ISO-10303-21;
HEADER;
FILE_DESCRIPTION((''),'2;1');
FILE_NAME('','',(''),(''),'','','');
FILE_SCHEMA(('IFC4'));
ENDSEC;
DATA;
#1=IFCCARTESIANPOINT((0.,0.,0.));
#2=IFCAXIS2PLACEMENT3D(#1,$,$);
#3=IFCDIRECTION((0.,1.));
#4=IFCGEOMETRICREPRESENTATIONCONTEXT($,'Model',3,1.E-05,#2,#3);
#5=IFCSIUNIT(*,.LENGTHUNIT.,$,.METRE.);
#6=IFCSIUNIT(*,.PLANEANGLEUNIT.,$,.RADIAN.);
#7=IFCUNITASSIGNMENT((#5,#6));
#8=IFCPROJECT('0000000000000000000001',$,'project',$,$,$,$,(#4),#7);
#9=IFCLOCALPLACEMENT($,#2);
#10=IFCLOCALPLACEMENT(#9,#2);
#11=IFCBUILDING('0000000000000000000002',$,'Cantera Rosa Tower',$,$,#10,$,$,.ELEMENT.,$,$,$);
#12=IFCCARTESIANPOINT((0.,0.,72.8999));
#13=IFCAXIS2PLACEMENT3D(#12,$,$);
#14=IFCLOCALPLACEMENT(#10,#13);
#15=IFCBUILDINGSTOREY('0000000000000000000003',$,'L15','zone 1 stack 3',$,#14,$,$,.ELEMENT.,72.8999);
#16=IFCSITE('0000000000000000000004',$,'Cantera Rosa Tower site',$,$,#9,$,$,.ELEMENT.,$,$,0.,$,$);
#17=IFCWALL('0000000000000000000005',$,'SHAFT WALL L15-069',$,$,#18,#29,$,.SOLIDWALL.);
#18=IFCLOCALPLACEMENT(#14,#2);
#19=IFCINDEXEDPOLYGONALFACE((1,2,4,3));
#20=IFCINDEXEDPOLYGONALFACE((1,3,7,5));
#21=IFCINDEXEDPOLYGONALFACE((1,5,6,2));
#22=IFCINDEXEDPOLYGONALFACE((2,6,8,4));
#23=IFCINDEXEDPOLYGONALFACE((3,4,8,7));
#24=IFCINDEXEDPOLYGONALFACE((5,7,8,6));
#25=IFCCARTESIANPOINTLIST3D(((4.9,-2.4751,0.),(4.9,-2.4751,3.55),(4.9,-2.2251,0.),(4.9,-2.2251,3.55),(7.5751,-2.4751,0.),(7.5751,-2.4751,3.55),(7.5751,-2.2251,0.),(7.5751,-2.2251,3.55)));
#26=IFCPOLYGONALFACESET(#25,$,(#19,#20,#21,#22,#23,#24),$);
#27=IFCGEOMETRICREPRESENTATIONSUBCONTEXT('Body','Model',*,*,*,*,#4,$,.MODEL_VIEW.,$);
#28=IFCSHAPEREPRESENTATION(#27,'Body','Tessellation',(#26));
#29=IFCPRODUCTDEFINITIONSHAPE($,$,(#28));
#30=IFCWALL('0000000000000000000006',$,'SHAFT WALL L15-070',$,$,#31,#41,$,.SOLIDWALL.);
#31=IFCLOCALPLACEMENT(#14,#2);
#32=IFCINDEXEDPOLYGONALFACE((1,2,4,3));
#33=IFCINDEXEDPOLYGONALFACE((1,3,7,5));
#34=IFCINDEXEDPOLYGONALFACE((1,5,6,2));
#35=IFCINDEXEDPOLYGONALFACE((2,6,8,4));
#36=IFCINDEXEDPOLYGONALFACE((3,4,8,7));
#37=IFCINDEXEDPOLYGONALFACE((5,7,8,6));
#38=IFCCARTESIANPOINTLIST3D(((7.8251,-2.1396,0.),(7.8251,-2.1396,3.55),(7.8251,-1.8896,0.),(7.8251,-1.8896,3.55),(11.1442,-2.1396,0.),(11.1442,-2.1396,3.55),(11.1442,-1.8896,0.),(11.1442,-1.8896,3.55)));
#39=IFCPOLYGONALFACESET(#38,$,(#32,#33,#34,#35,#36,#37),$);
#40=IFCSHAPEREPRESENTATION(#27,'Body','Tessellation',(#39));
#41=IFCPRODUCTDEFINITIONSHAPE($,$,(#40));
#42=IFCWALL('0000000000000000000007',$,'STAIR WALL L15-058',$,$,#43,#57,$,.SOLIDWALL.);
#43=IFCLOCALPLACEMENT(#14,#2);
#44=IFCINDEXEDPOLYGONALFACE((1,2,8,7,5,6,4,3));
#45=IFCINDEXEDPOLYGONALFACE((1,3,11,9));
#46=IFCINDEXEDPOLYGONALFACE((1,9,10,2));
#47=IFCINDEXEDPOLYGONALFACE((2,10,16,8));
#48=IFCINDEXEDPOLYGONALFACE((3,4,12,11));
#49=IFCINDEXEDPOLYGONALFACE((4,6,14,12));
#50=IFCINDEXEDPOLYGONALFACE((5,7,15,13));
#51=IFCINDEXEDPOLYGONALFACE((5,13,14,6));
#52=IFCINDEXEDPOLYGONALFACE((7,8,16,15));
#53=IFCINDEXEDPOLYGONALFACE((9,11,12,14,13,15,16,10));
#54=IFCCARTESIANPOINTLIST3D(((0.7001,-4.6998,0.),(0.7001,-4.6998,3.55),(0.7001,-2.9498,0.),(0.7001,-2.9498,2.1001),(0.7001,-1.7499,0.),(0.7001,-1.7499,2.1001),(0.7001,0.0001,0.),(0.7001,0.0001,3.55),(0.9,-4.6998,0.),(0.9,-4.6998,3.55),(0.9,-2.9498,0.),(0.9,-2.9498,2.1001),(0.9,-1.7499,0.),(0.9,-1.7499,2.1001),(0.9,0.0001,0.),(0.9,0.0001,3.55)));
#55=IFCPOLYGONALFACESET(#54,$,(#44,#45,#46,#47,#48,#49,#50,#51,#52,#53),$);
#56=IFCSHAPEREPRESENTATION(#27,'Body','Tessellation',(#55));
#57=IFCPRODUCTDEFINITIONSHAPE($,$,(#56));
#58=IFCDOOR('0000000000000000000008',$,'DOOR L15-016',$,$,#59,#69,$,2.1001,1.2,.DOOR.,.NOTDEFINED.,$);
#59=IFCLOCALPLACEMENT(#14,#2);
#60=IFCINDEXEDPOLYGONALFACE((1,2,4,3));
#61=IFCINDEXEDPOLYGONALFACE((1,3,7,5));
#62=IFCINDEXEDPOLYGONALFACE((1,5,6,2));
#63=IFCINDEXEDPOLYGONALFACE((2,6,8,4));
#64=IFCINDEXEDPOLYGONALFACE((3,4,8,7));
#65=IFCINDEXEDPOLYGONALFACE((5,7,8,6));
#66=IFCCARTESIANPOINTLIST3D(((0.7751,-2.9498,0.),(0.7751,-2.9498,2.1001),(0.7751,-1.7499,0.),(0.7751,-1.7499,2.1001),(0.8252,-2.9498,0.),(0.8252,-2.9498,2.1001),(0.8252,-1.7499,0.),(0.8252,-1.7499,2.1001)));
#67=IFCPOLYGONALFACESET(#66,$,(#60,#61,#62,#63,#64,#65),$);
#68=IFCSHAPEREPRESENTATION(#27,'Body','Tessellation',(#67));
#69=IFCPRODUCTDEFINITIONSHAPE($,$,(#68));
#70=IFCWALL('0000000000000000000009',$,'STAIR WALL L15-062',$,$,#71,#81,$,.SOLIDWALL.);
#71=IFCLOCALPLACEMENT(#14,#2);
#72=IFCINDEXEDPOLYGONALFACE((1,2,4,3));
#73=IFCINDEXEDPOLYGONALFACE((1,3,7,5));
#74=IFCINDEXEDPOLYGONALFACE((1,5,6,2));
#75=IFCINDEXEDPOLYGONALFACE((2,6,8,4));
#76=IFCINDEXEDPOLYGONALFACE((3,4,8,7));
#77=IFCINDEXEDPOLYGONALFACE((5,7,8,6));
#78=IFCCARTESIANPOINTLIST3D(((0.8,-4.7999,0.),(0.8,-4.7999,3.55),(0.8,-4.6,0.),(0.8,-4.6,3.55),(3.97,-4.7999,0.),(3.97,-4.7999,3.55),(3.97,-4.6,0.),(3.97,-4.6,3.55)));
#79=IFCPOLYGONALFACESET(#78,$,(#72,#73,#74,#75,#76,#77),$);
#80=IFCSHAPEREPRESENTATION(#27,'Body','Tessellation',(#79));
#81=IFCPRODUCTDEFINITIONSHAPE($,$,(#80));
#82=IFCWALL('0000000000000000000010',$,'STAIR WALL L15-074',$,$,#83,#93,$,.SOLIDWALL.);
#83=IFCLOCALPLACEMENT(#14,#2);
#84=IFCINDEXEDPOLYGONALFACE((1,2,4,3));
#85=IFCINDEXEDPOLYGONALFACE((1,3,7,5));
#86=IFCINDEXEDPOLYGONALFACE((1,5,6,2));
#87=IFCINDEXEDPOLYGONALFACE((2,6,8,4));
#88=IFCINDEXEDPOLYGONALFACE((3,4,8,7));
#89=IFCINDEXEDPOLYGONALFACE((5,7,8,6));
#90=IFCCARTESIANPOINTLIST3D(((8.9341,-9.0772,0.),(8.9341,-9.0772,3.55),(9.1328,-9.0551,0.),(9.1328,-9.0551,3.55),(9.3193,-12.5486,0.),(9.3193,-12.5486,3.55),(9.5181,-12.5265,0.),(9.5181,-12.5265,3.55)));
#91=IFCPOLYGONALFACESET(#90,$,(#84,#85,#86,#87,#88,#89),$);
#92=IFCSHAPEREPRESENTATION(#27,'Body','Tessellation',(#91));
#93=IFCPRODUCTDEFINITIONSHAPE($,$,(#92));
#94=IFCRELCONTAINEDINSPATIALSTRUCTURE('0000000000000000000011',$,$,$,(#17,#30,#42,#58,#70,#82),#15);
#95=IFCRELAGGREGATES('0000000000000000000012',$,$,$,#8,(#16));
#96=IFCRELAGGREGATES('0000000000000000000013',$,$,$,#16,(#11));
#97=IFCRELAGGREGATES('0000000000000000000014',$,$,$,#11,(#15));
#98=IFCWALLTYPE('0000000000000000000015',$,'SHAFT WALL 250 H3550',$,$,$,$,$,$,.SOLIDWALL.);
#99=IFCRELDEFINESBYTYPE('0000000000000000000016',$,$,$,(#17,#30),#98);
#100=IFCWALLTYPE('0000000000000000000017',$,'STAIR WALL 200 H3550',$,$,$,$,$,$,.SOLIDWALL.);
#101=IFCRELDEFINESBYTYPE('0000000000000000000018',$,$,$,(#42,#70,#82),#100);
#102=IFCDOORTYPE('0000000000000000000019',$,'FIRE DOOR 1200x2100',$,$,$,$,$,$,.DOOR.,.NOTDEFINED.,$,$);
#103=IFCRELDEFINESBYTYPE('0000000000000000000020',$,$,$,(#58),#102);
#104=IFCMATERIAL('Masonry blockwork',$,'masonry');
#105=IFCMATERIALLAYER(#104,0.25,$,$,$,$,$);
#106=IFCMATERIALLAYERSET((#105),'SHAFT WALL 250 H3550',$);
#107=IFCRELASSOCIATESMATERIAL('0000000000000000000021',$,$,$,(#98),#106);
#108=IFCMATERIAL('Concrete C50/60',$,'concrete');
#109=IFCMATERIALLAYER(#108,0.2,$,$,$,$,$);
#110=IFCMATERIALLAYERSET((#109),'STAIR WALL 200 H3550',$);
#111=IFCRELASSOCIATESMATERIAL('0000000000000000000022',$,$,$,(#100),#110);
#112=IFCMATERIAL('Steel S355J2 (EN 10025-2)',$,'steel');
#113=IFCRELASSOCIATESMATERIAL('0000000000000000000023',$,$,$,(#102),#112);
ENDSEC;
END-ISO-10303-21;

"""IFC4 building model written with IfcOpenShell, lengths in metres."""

from ifc_helpers import new_model, si_unit, direction, frame, frame_2d, origin, place, context, subcontext, project, spatial, rectangle, extrude, material, layer, layer_set, type_object, element, fill, save


model = new_model("IFC4")

# Units and contexts
model_context = context("Model", 3, precision=1e-05, world=origin(), true_north=direction((0.0, 1.0)))
body_context = subcontext(model_context, "Body", "Model", "MODEL_VIEW")
ifc_project = project(units=[si_unit("LENGTHUNIT", "METRE"), si_unit("PLANEANGLEUNIT", "RADIAN")], contexts=[model_context])

# Site, building, storey
site_placement = place(None, origin())
site = spatial("IfcSite", under=ifc_project, at=site_placement, Name="Cantera Rosa Tower site", CompositionType="ELEMENT", RefElevation=0.0)
building_placement = place(site_placement, origin())
building = spatial("IfcBuilding", under=site, at=building_placement, Name="Cantera Rosa Tower", CompositionType="ELEMENT")
storey_placement = place(building_placement, frame((0.0, 0.0, 72.8999)))
storey = spatial("IfcBuildingStorey", under=building, at=storey_placement, Name="L15", Description="zone 1 stack 3", CompositionType="ELEMENT", Elevation=72.8999)

# Walls
ifc_material_1 = material(Name="Masonry blockwork", Category="masonry")
ifc_layer_1 = layer(ifc_material_1, 0.25)
ifc_layer_set_1 = layer_set([ifc_layer_1], Name="SHAFT WALL 250 H3550")
wall_type_1 = type_object("IfcWallType", Name="SHAFT WALL 250 H3550", PredefinedType="SOLIDWALL", material=ifc_layer_set_1)
wall_1_placement = place(storey_placement, frame((7.575, -2.3501, 0.0), z_axis=(0.0, 0.0, 1.0), x_axis=(-1.0, 0.0, 0.0)))
element("IfcWall", 1, at=wall_1_placement, inside=storey, type_object=wall_type_1, Name="SHAFT WALL L15-069", PredefinedType="SOLIDWALL", context=body_context, shape_type="SweptSolid", body=[
    extrude(rectangle(XDim=2.675, YDim=0.25, at=frame_2d((1.3374, 0.0))), origin(), (0.0, 0.0, 1.0), 3.55),
])
wall_2_placement = place(storey_placement, frame((7.825, -2.0146, 0.0), z_axis=(0.0, 0.0, 1.0), x_axis=(1.0, 0.0, 0.0)))
element("IfcWall", 2, at=wall_2_placement, inside=storey, type_object=wall_type_1, Name="SHAFT WALL L15-070", PredefinedType="SOLIDWALL", context=body_context, shape_type="SweptSolid", body=[
    extrude(rectangle(XDim=3.3191, YDim=0.25, at=frame_2d((1.6597, 0.0))), origin(), (0.0, 0.0, 1.0), 3.55),
])

# Wall, opening, door
ifc_material_2 = material(Name="Concrete C50/60", Category="concrete")
ifc_layer_2 = layer(ifc_material_2, 0.2)
ifc_layer_set_2 = layer_set([ifc_layer_2], Name="STAIR WALL 200 H3550")
wall_type_2 = type_object("IfcWallType", Name="STAIR WALL 200 H3550", PredefinedType="SOLIDWALL", material=ifc_layer_set_2)
wall_3_placement = place(storey_placement, frame((0.8, -4.7, 0.0), z_axis=(0.0, 0.0, 1.0), x_axis=(0.0, 1.0, 0.0)))
wall_3 = element("IfcWall", 3, at=wall_3_placement, inside=storey, type_object=wall_type_2, Name="STAIR WALL L15-058", PredefinedType="SOLIDWALL", context=body_context, shape_type="SweptSolid", body=[
    extrude(rectangle(XDim=4.7, YDim=0.2, at=frame_2d((2.3501, 0.0))), origin(), (0.0, 0.0, 1.0), 3.55),
])
opening_1_placement = place(wall_3_placement, frame((1.75, 0.0, 0.0)))
opening_1 = element("IfcOpeningElement", 4, at=opening_1_placement, cuts=wall_3, PredefinedType="OPENING", context=body_context, shape_type="SweptSolid", body=[
    extrude(rectangle(XDim=1.2, YDim=2.1001, at=frame_2d((0.6001, 1.05))), frame((0.0, 0.1099, 0.0), z_axis=(0.0, -1.0, 0.0), x_axis=(1.0, 0.0, 0.0)), (0.0, 0.0, 1.0), 0.22),
])
ifc_material_3 = material(Name="Steel S355J2 (EN 10025-2)", Category="steel")
door_type_1 = type_object("IfcDoorType", Name="FIRE DOOR 1200x2100", OperationType="NOTDEFINED", PredefinedType="DOOR", material=ifc_material_3)
door_1_placement = place(opening_1_placement, origin())
door_1 = element("IfcDoor", 5, at=door_1_placement, inside=storey, type_object=door_type_1, Name="DOOR L15-016", OperationType="NOTDEFINED", OverallHeight=2.1001, OverallWidth=1.2, PredefinedType="DOOR", context=body_context, shape_type="SweptSolid", body=[
    extrude(rectangle(XDim=1.2, YDim=2.1001, at=frame_2d((0.6001, 1.05))), frame((0.0, 0.0249, 0.0), z_axis=(0.0, -1.0, 0.0), x_axis=(1.0, 0.0, 0.0)), (0.0, 0.0, 1.0), 0.05),
])
fill(opening_1, door_1)

# Walls
wall_4_placement = place(storey_placement, frame((3.97, -4.7, 0.0), z_axis=(0.0, 0.0, 1.0), x_axis=(-1.0, 0.0, 0.0)))
element("IfcWall", 6, at=wall_4_placement, inside=storey, type_object=wall_type_2, Name="STAIR WALL L15-062", PredefinedType="SOLIDWALL", context=body_context, shape_type="SweptSolid", body=[
    extrude(rectangle(XDim=3.1699, YDim=0.2, at=frame_2d((1.585, 0.0))), origin(), (0.0, 0.0, 1.0), 3.55),
])
wall_5_placement = place(storey_placement, frame((9.0334, -9.0662, 0.0), z_axis=(0.0, 0.0, 1.0), x_axis=(0.110301, -0.993898, 0.0)))
element("IfcWall", 7, at=wall_5_placement, inside=storey, type_object=wall_type_2, Name="STAIR WALL L15-074", PredefinedType="SOLIDWALL", context=body_context, shape_type="SweptSolid", body=[
    extrude(rectangle(XDim=3.4927, YDim=0.2, at=frame_2d((1.7463, 0.0))), origin(), (0.0, 0.0, 1.0), 3.55),
])

save(model, "model.ifc")
